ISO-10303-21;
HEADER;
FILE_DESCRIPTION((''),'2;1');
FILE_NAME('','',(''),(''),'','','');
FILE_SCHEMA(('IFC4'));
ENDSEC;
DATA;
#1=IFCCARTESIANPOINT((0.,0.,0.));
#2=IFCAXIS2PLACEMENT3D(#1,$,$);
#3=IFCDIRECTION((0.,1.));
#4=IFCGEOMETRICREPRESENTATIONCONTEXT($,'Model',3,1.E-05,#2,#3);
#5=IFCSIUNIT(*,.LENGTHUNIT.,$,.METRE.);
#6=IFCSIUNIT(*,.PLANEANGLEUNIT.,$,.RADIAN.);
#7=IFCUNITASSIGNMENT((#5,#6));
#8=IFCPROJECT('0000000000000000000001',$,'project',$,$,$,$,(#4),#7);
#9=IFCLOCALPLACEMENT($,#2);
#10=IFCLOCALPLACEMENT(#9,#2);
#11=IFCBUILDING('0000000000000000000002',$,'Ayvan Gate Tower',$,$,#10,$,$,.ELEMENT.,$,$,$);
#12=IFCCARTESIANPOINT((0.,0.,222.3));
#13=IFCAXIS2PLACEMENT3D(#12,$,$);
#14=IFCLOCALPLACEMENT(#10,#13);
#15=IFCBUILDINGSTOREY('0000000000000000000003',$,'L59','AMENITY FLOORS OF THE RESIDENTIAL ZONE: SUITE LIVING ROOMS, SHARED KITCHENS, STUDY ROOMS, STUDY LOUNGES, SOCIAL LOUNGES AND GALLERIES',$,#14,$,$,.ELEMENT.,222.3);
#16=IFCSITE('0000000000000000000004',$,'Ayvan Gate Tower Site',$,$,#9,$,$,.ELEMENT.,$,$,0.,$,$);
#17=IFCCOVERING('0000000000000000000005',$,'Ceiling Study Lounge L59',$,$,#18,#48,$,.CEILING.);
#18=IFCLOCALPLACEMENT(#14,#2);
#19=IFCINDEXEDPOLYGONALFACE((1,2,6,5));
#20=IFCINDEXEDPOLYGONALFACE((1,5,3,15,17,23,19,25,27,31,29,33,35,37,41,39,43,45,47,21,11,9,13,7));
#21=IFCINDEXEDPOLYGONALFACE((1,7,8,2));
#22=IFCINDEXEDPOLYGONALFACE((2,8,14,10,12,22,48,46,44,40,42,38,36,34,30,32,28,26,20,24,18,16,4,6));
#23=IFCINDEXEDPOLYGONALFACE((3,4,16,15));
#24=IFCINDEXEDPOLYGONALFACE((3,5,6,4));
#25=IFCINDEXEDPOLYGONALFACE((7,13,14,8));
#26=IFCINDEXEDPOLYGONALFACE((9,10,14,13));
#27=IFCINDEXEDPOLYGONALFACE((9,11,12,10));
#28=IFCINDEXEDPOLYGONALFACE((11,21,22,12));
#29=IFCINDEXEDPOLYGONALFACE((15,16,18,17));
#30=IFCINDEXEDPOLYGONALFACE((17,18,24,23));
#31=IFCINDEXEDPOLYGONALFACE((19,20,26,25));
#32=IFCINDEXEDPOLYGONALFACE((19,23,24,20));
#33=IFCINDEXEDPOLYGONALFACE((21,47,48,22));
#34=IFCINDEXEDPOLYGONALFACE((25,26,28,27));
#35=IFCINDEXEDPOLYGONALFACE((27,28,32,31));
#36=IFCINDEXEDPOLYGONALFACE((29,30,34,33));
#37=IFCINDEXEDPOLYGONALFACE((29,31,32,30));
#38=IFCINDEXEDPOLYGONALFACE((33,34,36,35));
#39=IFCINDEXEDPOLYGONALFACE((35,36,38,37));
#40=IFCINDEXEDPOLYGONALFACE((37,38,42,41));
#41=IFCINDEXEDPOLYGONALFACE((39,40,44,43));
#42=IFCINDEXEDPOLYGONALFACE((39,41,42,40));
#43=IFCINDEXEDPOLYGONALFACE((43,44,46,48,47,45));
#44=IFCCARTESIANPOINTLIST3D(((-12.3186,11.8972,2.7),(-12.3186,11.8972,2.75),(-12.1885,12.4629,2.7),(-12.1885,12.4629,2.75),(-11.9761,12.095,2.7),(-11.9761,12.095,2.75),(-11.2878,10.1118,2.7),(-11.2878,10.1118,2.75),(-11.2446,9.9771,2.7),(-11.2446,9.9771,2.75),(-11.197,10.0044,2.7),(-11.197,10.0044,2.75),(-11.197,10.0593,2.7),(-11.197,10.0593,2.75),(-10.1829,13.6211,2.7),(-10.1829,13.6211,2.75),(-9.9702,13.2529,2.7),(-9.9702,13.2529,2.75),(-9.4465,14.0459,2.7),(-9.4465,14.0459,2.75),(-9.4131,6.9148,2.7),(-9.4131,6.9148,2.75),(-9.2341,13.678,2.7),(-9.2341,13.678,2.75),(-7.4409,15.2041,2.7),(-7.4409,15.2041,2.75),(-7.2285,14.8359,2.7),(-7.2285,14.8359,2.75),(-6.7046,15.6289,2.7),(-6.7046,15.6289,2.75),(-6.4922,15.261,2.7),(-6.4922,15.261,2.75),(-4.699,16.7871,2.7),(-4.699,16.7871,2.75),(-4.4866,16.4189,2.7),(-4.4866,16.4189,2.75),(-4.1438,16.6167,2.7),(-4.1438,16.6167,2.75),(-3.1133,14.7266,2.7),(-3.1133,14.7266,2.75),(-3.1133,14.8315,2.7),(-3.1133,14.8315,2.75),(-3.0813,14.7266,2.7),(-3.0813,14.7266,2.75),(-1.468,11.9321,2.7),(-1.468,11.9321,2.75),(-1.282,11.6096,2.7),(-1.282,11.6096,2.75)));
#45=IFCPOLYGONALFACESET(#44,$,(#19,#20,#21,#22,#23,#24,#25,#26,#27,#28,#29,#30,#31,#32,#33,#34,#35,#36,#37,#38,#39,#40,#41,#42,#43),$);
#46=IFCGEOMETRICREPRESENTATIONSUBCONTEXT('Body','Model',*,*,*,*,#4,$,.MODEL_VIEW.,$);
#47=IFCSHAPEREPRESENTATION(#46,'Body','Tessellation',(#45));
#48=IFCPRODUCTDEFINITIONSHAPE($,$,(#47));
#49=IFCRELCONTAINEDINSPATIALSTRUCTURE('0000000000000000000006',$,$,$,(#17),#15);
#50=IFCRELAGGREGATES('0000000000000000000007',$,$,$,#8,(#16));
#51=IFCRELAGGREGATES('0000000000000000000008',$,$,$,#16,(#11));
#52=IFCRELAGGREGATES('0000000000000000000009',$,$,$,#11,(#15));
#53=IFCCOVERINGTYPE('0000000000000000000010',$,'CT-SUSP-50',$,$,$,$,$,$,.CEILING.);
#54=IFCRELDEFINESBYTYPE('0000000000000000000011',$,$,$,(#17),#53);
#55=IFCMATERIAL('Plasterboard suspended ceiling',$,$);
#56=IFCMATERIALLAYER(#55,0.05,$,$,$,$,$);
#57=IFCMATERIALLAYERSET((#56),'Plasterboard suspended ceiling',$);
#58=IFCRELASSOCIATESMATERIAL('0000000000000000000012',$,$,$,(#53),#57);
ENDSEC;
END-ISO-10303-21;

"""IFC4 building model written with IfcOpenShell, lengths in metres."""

from ifc_helpers import new_model, si_unit, direction, frame, origin, place, context, subcontext, project, spatial, polyline, outline, extrude, material, layer, layer_set, type_object, element, save


model = new_model("IFC4")

# Units and contexts
model_context = context("Model", 3, precision=1e-05, world=origin(), true_north=direction((0.0, 1.0)))
body_context = subcontext(model_context, "Body", "Model", "MODEL_VIEW")
ifc_project = project(units=[si_unit("LENGTHUNIT", "METRE"), si_unit("PLANEANGLEUNIT", "RADIAN")], contexts=[model_context])

# Site, building, storey
site_placement = place(None, origin())
site = spatial("IfcSite", under=ifc_project, at=site_placement, Name="Ayvan Gate Tower Site", CompositionType="ELEMENT", RefElevation=0.0)
building_placement = place(site_placement, origin())
building = spatial("IfcBuilding", under=site, at=building_placement, Name="Ayvan Gate Tower", CompositionType="ELEMENT")
storey_placement = place(building_placement, frame((0.0, 0.0, 222.3)))
storey = spatial("IfcBuildingStorey", under=building, at=storey_placement, Name="L59", Description="AMENITY FLOORS OF THE RESIDENTIAL ZONE: SUITE LIVING ROOMS, SHARED KITCHENS, STUDY ROOMS, STUDY LOUNGES, SOCIAL LOUNGES AND GALLERIES", CompositionType="ELEMENT", Elevation=222.3)

# Covering
ifc_material_1 = material(Name="Plasterboard suspended ceiling")
ifc_layer_1 = layer(ifc_material_1, 0.05)
ifc_layer_set_1 = layer_set([ifc_layer_1], Name="Plasterboard suspended ceiling")
covering_type = type_object("IfcCoveringType", Name="CT-SUSP-50", PredefinedType="CEILING", material=ifc_layer_set_1)
covering_1_placement = place(storey_placement, frame((0.0, 0.0, 2.7)))
element("IfcCovering", 1, at=covering_1_placement, inside=storey, type_object=covering_type, Name="Ceiling Study Lounge L59", PredefinedType="CEILING", context=body_context, shape_type="SweptSolid", body=[
    extrude(outline(polyline([(-12.3186, 11.8972), (-11.9761, 12.095), (-12.1885, 12.4629), (-10.1829, 13.6211), (-9.9702, 13.2529), (-9.2341, 13.678), (-9.4465, 14.0459), (-7.4409, 15.2041), (-7.2285, 14.8359), (-6.4922, 15.261), (-6.7046, 15.6289), (-4.699, 16.7871), (-4.4866, 16.4189), (-4.1438, 16.6167), (-3.1133, 14.8315), (-3.1133, 14.7266), (-3.0813, 14.7266), (-1.468, 11.9321), (-1.282, 11.6096), (-9.4131, 6.9148), (-11.197, 10.0044), (-11.2446, 9.9771), (-11.197, 10.0593), (-11.2878, 10.1118), (-12.3186, 11.8972)])), origin(), (0.0, 0.0, 1.0), 0.05),
])

save(model, "model.ifc")
